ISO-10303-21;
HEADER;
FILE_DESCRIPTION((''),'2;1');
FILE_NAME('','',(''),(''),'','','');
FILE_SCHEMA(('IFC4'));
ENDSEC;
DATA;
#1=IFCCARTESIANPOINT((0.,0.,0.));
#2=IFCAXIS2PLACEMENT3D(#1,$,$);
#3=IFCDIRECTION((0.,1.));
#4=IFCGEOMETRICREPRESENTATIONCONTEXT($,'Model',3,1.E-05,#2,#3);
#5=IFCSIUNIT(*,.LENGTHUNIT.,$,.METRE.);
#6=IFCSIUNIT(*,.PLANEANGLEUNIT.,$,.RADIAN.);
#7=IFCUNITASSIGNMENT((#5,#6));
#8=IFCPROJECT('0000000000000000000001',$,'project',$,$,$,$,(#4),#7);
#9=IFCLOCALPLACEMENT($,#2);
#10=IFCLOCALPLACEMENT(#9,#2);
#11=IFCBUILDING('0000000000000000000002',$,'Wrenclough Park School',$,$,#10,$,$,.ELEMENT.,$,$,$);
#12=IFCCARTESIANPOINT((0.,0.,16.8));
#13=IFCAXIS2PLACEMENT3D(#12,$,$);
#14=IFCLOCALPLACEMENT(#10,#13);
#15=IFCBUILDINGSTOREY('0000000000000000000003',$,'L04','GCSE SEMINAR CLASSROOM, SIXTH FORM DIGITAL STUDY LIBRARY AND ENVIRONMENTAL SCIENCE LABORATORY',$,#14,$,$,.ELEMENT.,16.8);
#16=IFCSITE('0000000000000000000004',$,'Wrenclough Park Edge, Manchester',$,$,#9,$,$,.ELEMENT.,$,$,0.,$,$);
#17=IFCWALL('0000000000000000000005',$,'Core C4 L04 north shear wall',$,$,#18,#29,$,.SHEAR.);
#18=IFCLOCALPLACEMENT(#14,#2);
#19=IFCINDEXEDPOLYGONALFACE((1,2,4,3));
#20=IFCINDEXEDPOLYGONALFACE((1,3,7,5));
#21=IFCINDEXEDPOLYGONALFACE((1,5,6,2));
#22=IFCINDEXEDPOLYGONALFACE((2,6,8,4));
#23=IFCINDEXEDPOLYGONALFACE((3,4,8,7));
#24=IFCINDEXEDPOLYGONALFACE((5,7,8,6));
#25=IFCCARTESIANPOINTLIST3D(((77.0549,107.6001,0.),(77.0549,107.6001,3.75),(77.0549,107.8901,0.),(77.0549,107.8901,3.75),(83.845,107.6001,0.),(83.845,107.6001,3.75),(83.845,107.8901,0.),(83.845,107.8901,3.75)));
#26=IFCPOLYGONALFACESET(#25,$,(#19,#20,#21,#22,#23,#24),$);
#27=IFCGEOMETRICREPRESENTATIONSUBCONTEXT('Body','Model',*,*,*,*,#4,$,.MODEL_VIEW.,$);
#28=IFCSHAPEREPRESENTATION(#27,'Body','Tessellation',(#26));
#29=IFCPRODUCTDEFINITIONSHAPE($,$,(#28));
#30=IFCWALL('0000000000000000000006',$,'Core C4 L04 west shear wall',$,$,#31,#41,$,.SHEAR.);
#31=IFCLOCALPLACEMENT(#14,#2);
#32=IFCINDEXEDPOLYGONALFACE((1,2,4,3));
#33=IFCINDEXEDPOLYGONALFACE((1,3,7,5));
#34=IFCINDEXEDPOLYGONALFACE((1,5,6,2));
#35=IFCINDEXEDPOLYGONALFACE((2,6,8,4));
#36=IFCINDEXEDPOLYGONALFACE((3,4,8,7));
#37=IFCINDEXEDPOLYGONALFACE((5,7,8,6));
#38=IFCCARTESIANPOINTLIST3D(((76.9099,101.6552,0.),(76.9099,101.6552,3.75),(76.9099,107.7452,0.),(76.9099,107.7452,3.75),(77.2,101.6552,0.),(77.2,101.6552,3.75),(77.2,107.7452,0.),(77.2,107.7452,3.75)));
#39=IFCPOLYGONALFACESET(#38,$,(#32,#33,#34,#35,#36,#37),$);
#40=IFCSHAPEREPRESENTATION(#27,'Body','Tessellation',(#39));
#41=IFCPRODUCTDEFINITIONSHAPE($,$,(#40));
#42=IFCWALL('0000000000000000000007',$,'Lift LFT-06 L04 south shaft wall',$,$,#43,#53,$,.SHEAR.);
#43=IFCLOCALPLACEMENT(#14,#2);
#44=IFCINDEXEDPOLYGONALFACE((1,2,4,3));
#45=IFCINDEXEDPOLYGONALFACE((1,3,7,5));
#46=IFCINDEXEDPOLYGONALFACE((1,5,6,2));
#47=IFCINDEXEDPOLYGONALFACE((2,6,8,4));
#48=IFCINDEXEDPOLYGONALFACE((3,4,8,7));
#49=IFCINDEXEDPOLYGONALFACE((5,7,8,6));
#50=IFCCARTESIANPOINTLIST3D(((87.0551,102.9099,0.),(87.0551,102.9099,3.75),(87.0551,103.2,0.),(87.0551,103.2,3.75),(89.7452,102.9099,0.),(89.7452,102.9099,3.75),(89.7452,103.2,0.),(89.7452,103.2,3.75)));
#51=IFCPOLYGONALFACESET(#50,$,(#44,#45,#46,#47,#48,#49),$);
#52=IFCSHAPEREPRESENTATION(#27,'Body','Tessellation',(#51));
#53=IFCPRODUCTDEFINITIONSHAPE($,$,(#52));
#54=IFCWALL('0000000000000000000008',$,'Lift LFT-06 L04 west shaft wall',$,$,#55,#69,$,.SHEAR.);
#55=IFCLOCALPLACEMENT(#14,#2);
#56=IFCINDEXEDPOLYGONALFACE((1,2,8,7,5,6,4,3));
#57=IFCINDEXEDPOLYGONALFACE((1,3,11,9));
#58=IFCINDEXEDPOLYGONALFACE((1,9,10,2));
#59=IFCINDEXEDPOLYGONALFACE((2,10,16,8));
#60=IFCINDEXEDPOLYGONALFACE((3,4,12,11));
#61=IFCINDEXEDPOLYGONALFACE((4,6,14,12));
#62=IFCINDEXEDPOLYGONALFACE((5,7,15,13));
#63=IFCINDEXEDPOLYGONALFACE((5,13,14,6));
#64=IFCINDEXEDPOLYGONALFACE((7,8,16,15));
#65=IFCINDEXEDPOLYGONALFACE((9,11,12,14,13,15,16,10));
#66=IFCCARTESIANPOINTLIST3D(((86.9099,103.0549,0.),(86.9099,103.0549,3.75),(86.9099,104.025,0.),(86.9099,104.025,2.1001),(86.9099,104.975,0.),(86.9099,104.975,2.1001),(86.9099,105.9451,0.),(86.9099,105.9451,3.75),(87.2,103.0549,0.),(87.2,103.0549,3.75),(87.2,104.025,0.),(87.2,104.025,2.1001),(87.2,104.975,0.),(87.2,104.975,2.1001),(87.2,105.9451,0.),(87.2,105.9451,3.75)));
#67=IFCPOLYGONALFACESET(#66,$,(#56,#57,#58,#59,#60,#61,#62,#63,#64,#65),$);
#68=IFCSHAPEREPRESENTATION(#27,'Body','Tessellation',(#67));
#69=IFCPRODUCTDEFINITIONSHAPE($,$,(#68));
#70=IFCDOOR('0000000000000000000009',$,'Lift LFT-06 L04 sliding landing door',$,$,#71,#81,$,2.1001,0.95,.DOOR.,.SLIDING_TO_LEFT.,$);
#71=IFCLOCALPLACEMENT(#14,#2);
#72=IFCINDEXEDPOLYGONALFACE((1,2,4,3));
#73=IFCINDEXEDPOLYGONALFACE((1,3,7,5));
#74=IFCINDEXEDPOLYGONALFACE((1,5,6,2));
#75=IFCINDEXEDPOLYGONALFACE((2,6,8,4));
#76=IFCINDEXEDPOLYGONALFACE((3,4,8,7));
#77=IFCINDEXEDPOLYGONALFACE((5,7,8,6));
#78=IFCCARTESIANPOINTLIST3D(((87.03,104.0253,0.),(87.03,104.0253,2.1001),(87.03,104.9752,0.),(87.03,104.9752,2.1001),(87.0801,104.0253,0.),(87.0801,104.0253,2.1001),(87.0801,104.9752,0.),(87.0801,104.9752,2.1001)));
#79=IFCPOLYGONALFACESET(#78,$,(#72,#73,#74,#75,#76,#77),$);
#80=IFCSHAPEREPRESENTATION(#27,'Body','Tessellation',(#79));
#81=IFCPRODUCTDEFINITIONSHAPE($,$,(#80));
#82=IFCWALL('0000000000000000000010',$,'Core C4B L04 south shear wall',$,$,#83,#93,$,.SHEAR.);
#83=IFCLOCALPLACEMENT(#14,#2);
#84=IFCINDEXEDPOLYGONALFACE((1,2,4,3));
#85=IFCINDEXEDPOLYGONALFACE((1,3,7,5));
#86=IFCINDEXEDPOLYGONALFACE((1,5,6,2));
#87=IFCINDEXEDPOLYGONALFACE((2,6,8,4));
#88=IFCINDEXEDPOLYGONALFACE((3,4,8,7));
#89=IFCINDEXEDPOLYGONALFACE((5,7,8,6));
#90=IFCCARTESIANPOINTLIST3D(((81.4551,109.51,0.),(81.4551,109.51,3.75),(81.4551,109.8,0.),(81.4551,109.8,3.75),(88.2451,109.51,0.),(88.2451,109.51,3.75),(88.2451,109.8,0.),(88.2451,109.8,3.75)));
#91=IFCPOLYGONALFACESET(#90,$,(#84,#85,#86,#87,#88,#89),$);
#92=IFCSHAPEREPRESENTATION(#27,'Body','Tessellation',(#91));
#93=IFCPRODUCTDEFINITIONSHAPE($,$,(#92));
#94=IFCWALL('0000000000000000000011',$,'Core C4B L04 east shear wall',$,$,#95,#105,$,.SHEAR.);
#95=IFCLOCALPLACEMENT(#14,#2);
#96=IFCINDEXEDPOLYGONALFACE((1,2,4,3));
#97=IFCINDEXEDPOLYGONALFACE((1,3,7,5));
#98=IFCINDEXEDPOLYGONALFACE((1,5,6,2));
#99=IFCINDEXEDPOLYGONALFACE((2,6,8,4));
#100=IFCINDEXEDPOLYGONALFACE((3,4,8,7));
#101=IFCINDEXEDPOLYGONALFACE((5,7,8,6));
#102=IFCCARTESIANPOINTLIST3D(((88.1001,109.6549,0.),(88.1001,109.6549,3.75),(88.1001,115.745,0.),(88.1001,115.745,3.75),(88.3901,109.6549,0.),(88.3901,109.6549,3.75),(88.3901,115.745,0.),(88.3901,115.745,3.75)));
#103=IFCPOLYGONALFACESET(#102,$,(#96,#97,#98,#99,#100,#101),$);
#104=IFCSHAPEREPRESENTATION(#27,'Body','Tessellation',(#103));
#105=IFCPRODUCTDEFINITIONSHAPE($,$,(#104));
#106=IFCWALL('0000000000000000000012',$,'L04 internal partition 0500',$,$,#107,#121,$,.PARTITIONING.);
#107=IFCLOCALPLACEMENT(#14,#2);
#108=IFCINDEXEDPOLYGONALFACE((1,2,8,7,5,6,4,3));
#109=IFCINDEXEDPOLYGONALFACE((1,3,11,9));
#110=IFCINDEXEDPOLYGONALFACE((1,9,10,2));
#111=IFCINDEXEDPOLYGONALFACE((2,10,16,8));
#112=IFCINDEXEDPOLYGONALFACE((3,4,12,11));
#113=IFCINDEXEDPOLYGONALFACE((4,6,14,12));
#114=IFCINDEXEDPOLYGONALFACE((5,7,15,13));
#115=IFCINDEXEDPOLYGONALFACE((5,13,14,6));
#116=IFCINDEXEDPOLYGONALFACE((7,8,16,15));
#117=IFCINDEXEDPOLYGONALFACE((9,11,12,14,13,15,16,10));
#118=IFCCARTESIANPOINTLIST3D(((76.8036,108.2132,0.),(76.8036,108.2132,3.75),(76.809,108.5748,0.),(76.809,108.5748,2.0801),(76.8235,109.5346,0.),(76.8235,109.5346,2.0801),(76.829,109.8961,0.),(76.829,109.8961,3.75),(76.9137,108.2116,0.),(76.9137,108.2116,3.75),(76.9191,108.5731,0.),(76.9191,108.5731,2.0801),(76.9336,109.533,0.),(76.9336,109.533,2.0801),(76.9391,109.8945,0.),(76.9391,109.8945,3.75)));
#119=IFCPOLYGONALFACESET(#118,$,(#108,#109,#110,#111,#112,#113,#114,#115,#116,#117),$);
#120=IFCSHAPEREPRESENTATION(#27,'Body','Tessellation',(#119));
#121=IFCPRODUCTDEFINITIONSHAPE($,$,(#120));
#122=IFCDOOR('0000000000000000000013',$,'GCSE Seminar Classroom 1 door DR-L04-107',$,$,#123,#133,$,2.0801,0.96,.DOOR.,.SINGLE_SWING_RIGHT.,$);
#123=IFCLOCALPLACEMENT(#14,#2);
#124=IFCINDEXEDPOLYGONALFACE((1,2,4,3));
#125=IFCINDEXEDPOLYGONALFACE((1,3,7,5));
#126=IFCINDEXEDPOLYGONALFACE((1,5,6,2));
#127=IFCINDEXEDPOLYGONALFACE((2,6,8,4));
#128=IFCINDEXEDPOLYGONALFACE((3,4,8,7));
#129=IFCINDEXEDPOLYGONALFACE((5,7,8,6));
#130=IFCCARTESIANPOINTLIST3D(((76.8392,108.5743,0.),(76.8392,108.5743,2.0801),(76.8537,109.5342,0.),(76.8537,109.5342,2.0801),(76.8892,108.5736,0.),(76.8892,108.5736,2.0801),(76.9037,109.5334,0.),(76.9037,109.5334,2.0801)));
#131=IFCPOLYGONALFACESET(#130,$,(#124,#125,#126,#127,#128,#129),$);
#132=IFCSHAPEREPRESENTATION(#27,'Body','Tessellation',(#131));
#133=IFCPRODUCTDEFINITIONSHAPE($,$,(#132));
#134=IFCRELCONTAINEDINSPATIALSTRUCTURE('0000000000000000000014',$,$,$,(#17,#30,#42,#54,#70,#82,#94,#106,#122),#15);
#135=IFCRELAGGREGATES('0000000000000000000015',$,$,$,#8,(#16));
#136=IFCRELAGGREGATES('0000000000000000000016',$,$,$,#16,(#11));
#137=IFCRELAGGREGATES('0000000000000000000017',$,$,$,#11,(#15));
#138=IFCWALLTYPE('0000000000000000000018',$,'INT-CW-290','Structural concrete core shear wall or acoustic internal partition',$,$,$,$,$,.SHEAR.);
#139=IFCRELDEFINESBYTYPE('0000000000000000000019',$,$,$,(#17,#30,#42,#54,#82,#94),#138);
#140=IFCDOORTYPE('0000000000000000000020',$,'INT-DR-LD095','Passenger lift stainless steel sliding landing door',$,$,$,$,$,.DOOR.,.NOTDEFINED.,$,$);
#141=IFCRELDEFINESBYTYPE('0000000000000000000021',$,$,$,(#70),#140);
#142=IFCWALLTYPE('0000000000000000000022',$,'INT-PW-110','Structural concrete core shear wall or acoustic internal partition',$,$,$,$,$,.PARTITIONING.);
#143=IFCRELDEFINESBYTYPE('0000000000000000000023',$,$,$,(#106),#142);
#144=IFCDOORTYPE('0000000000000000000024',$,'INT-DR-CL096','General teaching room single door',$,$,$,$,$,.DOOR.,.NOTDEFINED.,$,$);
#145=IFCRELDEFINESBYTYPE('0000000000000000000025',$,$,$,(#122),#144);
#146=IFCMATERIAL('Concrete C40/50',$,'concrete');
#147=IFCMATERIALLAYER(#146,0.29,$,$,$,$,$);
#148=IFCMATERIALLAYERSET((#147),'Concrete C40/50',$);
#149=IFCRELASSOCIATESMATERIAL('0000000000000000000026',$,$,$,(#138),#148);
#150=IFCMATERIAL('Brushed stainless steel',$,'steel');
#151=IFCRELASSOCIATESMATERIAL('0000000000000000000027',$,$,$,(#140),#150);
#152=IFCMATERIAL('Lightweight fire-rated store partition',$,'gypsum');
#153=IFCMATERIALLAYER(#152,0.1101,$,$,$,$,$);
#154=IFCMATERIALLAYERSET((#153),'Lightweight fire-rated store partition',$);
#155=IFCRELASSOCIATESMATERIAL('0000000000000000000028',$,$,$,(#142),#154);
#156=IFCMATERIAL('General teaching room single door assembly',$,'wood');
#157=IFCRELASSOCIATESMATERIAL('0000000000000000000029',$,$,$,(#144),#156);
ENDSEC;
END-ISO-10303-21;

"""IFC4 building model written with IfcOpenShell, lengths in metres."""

from ifc_helpers import new_model, si_unit, direction, frame, frame_2d, origin, place, context, subcontext, project, spatial, rectangle, extrude, material, layer, layer_set, type_object, element, fill, save


model = new_model("IFC4")

# Units and contexts
model_context = context("Model", 3, precision=1e-05, world=origin(), true_north=direction((0.0, 1.0)))
body_context = subcontext(model_context, "Body", "Model", "MODEL_VIEW")
ifc_project = project(units=[si_unit("LENGTHUNIT", "METRE"), si_unit("PLANEANGLEUNIT", "RADIAN")], contexts=[model_context])

# Site, building, storey
site_placement = place(None, origin())
site = spatial("IfcSite", under=ifc_project, at=site_placement, Name="Wrenclough Park Edge, Manchester", CompositionType="ELEMENT", RefElevation=0.0)
building_placement = place(site_placement, origin())
building = spatial("IfcBuilding", under=site, at=building_placement, Name="Wrenclough Park School", CompositionType="ELEMENT")
storey_placement = place(building_placement, frame((0.0, 0.0, 16.8)))
storey = spatial("IfcBuildingStorey", under=building, at=storey_placement, Name="L04", Description="GCSE SEMINAR CLASSROOM, SIXTH FORM DIGITAL STUDY LIBRARY AND ENVIRONMENTAL SCIENCE LABORATORY", CompositionType="ELEMENT", Elevation=16.8)

# Shared definitions
ifc_material_1 = material(Name="Concrete C40/50", Category="concrete")
ifc_layer_1 = layer(ifc_material_1, 0.29)
ifc_layer_set_1 = layer_set([ifc_layer_1], Name="Concrete C40/50")
wall_type_1 = type_object("IfcWallType", Name="INT-CW-290", Description="Structural concrete core shear wall or acoustic internal partition", PredefinedType="SHEAR", material=ifc_layer_set_1)

# Walls
wall_1_placement = place(storey_placement, frame((83.845, 107.7451, 0.0), z_axis=(0.0, 0.0, 1.0), x_axis=(-1.0, 0.0, 0.0)))
element("IfcWall", 1, at=wall_1_placement, inside=storey, type_object=wall_type_1, Name="Core C4 L04 north shear wall", PredefinedType="SHEAR", context=body_context, shape_type="SweptSolid", body=[
    extrude(rectangle(XDim=6.79, YDim=0.29, at=frame_2d((3.395, 0.0))), origin(), (0.0, 0.0, 1.0), 3.75),
])
wall_2_placement = place(storey_placement, frame((77.0549, 107.7451, 0.0), z_axis=(0.0, 0.0, 1.0), x_axis=(0.0, -1.0, 0.0)))
element("IfcWall", 2, at=wall_2_placement, inside=storey, type_object=wall_type_1, Name="Core C4 L04 west shear wall", PredefinedType="SHEAR", context=body_context, shape_type="SweptSolid", body=[
    extrude(rectangle(XDim=6.0901, YDim=0.29, at=frame_2d((3.0449, 0.0))), origin(), (0.0, 0.0, 1.0), 3.75),
])
wall_3_placement = place(storey_placement, frame((87.0549, 103.0549, 0.0), z_axis=(0.0, 0.0, 1.0), x_axis=(1.0, 0.0, 0.0)))
element("IfcWall", 3, at=wall_3_placement, inside=storey, type_object=wall_type_1, Name="Lift LFT-06 L04 south shaft wall", PredefinedType="SHEAR", context=body_context, shape_type="SweptSolid", body=[
    extrude(rectangle(XDim=2.6902, YDim=0.29, at=frame_2d((1.3452, 0.0))), origin(), (0.0, 0.0, 1.0), 3.75),
])

# Wall, opening, door
wall_4_placement = place(storey_placement, frame((87.0549, 105.9451, 0.0), z_axis=(0.0, 0.0, 1.0), x_axis=(0.0, -1.0, 0.0)))
wall_4 = element("IfcWall", 4, at=wall_4_placement, inside=storey, type_object=wall_type_1, Name="Lift LFT-06 L04 west shaft wall", PredefinedType="SHEAR", context=body_context, shape_type="SweptSolid", body=[
    extrude(rectangle(XDim=2.8901, YDim=0.29, at=frame_2d((1.4451, 0.0))), origin(), (0.0, 0.0, 1.0), 3.75),
])
opening_1_placement = place(wall_4_placement, frame((0.97, 0.0, 0.0)))
opening_1 = element("IfcOpeningElement", 5, at=opening_1_placement, cuts=wall_4, PredefinedType="OPENING", context=body_context, shape_type="SweptSolid", body=[
    extrude(rectangle(XDim=0.95, YDim=2.1001, at=frame_2d((0.4751, 1.05))), frame((0.0, 0.155, 0.0), z_axis=(0.0, -1.0, 0.0), x_axis=(1.0, 0.0, 0.0)), (0.0, 0.0, 1.0), 0.3101),
])
ifc_material_2 = material(Name="Brushed stainless steel", Category="steel")
door_type_1 = type_object("IfcDoorType", Name="INT-DR-LD095", Description="Passenger lift stainless steel sliding landing door", OperationType="NOTDEFINED", PredefinedType="DOOR", material=ifc_material_2)
door_1_placement = place(opening_1_placement, frame((0.95, 0.0, 0.0), z_axis=(0.0, 0.0, 1.0), x_axis=(-1.0, 0.0, 0.0)))
door_1 = element("IfcDoor", 6, at=door_1_placement, inside=storey, type_object=door_type_1, Name="Lift LFT-06 L04 sliding landing door", OperationType="SLIDING_TO_LEFT", OverallHeight=2.1001, OverallWidth=0.95, PredefinedType="DOOR", context=body_context, shape_type="SweptSolid", body=[
    extrude(rectangle(XDim=0.95, YDim=2.1001, at=frame_2d((0.4751, 1.05))), frame((0.0, 0.0249, 0.0), z_axis=(0.0, -1.0, 0.0), x_axis=(1.0, 0.0, 0.0)), (0.0, 0.0, 1.0), 0.05),
])
fill(opening_1, door_1)

# Walls
wall_5_placement = place(storey_placement, frame((81.4551, 109.655, 0.0), z_axis=(0.0, 0.0, 1.0), x_axis=(1.0, 0.0, 0.0)))
element("IfcWall", 7, at=wall_5_placement, inside=storey, type_object=wall_type_1, Name="Core C4B L04 south shear wall", PredefinedType="SHEAR", context=body_context, shape_type="SweptSolid", body=[
    extrude(rectangle(XDim=6.79, YDim=0.29, at=frame_2d((3.395, 0.0))), origin(), (0.0, 0.0, 1.0), 3.75),
])
wall_6_placement = place(storey_placement, frame((88.2451, 109.655, 0.0), z_axis=(0.0, 0.0, 1.0), x_axis=(0.0, 1.0, 0.0)))
element("IfcWall", 8, at=wall_6_placement, inside=storey, type_object=wall_type_1, Name="Core C4B L04 east shear wall", PredefinedType="SHEAR", context=body_context, shape_type="SweptSolid", body=[
    extrude(rectangle(XDim=6.0901, YDim=0.29, at=frame_2d((3.0449, 0.0))), origin(), (0.0, 0.0, 1.0), 3.75),
])

# Wall, opening, door
ifc_material_3 = material(Name="Lightweight fire-rated store partition", Category="gypsum")
ifc_layer_2 = layer(ifc_material_3, 0.1101)
ifc_layer_set_2 = layer_set([ifc_layer_2], Name="Lightweight fire-rated store partition")
wall_type_2 = type_object("IfcWallType", Name="INT-PW-110", Description="Structural concrete core shear wall or acoustic internal partition", PredefinedType="PARTITIONING", material=ifc_layer_set_2)
wall_7_placement = place(storey_placement, frame((76.8586, 108.2124, 0.0), z_axis=(0.0, 0.0, 1.0), x_axis=(0.015086, 0.999886, 0.0)))
wall_7 = element("IfcWall", 9, at=wall_7_placement, inside=storey, type_object=wall_type_2, Name="L04 internal partition 0500", PredefinedType="PARTITIONING", context=body_context, shape_type="SweptSolid", body=[
    extrude(rectangle(XDim=1.6831, YDim=0.1101, at=frame_2d((0.8416, 0.0))), origin(), (0.0, 0.0, 1.0), 3.75),
])
opening_2_placement = place(wall_7_placement, frame((0.3616, 0.0, 0.0)))
opening_2 = element("IfcOpeningElement", 10, at=opening_2_placement, cuts=wall_7, PredefinedType="OPENING", context=body_context, shape_type="SweptSolid", body=[
    extrude(rectangle(XDim=0.96, YDim=2.0801, at=frame_2d((0.48, 1.04))), frame((0.0, 0.0649, 0.0), z_axis=(0.0, -1.0, 0.0), x_axis=(1.0, 0.0, 0.0)), (0.0, 0.0, 1.0), 0.1301),
])
ifc_material_4 = material(Name="General teaching room single door assembly", Category="wood")
door_type_2 = type_object("IfcDoorType", Name="INT-DR-CL096", Description="General teaching room single door", OperationType="NOTDEFINED", PredefinedType="DOOR", material=ifc_material_4)
door_2_placement = place(opening_2_placement, origin())
door_2 = element("IfcDoor", 11, at=door_2_placement, inside=storey, type_object=door_type_2, Name="GCSE Seminar Classroom 1 door DR-L04-107", OperationType="SINGLE_SWING_RIGHT", OverallHeight=2.0801, OverallWidth=0.96, PredefinedType="DOOR", context=body_context, shape_type="SweptSolid", body=[
    extrude(rectangle(XDim=0.96, YDim=2.0801, at=frame_2d((0.48, 1.04))), frame((0.0, 0.0249, 0.0), z_axis=(0.0, -1.0, 0.0), x_axis=(1.0, 0.0, 0.0)), (0.0, 0.0, 1.0), 0.05),
])
fill(opening_2, door_2)

save(model, "model.ifc")
